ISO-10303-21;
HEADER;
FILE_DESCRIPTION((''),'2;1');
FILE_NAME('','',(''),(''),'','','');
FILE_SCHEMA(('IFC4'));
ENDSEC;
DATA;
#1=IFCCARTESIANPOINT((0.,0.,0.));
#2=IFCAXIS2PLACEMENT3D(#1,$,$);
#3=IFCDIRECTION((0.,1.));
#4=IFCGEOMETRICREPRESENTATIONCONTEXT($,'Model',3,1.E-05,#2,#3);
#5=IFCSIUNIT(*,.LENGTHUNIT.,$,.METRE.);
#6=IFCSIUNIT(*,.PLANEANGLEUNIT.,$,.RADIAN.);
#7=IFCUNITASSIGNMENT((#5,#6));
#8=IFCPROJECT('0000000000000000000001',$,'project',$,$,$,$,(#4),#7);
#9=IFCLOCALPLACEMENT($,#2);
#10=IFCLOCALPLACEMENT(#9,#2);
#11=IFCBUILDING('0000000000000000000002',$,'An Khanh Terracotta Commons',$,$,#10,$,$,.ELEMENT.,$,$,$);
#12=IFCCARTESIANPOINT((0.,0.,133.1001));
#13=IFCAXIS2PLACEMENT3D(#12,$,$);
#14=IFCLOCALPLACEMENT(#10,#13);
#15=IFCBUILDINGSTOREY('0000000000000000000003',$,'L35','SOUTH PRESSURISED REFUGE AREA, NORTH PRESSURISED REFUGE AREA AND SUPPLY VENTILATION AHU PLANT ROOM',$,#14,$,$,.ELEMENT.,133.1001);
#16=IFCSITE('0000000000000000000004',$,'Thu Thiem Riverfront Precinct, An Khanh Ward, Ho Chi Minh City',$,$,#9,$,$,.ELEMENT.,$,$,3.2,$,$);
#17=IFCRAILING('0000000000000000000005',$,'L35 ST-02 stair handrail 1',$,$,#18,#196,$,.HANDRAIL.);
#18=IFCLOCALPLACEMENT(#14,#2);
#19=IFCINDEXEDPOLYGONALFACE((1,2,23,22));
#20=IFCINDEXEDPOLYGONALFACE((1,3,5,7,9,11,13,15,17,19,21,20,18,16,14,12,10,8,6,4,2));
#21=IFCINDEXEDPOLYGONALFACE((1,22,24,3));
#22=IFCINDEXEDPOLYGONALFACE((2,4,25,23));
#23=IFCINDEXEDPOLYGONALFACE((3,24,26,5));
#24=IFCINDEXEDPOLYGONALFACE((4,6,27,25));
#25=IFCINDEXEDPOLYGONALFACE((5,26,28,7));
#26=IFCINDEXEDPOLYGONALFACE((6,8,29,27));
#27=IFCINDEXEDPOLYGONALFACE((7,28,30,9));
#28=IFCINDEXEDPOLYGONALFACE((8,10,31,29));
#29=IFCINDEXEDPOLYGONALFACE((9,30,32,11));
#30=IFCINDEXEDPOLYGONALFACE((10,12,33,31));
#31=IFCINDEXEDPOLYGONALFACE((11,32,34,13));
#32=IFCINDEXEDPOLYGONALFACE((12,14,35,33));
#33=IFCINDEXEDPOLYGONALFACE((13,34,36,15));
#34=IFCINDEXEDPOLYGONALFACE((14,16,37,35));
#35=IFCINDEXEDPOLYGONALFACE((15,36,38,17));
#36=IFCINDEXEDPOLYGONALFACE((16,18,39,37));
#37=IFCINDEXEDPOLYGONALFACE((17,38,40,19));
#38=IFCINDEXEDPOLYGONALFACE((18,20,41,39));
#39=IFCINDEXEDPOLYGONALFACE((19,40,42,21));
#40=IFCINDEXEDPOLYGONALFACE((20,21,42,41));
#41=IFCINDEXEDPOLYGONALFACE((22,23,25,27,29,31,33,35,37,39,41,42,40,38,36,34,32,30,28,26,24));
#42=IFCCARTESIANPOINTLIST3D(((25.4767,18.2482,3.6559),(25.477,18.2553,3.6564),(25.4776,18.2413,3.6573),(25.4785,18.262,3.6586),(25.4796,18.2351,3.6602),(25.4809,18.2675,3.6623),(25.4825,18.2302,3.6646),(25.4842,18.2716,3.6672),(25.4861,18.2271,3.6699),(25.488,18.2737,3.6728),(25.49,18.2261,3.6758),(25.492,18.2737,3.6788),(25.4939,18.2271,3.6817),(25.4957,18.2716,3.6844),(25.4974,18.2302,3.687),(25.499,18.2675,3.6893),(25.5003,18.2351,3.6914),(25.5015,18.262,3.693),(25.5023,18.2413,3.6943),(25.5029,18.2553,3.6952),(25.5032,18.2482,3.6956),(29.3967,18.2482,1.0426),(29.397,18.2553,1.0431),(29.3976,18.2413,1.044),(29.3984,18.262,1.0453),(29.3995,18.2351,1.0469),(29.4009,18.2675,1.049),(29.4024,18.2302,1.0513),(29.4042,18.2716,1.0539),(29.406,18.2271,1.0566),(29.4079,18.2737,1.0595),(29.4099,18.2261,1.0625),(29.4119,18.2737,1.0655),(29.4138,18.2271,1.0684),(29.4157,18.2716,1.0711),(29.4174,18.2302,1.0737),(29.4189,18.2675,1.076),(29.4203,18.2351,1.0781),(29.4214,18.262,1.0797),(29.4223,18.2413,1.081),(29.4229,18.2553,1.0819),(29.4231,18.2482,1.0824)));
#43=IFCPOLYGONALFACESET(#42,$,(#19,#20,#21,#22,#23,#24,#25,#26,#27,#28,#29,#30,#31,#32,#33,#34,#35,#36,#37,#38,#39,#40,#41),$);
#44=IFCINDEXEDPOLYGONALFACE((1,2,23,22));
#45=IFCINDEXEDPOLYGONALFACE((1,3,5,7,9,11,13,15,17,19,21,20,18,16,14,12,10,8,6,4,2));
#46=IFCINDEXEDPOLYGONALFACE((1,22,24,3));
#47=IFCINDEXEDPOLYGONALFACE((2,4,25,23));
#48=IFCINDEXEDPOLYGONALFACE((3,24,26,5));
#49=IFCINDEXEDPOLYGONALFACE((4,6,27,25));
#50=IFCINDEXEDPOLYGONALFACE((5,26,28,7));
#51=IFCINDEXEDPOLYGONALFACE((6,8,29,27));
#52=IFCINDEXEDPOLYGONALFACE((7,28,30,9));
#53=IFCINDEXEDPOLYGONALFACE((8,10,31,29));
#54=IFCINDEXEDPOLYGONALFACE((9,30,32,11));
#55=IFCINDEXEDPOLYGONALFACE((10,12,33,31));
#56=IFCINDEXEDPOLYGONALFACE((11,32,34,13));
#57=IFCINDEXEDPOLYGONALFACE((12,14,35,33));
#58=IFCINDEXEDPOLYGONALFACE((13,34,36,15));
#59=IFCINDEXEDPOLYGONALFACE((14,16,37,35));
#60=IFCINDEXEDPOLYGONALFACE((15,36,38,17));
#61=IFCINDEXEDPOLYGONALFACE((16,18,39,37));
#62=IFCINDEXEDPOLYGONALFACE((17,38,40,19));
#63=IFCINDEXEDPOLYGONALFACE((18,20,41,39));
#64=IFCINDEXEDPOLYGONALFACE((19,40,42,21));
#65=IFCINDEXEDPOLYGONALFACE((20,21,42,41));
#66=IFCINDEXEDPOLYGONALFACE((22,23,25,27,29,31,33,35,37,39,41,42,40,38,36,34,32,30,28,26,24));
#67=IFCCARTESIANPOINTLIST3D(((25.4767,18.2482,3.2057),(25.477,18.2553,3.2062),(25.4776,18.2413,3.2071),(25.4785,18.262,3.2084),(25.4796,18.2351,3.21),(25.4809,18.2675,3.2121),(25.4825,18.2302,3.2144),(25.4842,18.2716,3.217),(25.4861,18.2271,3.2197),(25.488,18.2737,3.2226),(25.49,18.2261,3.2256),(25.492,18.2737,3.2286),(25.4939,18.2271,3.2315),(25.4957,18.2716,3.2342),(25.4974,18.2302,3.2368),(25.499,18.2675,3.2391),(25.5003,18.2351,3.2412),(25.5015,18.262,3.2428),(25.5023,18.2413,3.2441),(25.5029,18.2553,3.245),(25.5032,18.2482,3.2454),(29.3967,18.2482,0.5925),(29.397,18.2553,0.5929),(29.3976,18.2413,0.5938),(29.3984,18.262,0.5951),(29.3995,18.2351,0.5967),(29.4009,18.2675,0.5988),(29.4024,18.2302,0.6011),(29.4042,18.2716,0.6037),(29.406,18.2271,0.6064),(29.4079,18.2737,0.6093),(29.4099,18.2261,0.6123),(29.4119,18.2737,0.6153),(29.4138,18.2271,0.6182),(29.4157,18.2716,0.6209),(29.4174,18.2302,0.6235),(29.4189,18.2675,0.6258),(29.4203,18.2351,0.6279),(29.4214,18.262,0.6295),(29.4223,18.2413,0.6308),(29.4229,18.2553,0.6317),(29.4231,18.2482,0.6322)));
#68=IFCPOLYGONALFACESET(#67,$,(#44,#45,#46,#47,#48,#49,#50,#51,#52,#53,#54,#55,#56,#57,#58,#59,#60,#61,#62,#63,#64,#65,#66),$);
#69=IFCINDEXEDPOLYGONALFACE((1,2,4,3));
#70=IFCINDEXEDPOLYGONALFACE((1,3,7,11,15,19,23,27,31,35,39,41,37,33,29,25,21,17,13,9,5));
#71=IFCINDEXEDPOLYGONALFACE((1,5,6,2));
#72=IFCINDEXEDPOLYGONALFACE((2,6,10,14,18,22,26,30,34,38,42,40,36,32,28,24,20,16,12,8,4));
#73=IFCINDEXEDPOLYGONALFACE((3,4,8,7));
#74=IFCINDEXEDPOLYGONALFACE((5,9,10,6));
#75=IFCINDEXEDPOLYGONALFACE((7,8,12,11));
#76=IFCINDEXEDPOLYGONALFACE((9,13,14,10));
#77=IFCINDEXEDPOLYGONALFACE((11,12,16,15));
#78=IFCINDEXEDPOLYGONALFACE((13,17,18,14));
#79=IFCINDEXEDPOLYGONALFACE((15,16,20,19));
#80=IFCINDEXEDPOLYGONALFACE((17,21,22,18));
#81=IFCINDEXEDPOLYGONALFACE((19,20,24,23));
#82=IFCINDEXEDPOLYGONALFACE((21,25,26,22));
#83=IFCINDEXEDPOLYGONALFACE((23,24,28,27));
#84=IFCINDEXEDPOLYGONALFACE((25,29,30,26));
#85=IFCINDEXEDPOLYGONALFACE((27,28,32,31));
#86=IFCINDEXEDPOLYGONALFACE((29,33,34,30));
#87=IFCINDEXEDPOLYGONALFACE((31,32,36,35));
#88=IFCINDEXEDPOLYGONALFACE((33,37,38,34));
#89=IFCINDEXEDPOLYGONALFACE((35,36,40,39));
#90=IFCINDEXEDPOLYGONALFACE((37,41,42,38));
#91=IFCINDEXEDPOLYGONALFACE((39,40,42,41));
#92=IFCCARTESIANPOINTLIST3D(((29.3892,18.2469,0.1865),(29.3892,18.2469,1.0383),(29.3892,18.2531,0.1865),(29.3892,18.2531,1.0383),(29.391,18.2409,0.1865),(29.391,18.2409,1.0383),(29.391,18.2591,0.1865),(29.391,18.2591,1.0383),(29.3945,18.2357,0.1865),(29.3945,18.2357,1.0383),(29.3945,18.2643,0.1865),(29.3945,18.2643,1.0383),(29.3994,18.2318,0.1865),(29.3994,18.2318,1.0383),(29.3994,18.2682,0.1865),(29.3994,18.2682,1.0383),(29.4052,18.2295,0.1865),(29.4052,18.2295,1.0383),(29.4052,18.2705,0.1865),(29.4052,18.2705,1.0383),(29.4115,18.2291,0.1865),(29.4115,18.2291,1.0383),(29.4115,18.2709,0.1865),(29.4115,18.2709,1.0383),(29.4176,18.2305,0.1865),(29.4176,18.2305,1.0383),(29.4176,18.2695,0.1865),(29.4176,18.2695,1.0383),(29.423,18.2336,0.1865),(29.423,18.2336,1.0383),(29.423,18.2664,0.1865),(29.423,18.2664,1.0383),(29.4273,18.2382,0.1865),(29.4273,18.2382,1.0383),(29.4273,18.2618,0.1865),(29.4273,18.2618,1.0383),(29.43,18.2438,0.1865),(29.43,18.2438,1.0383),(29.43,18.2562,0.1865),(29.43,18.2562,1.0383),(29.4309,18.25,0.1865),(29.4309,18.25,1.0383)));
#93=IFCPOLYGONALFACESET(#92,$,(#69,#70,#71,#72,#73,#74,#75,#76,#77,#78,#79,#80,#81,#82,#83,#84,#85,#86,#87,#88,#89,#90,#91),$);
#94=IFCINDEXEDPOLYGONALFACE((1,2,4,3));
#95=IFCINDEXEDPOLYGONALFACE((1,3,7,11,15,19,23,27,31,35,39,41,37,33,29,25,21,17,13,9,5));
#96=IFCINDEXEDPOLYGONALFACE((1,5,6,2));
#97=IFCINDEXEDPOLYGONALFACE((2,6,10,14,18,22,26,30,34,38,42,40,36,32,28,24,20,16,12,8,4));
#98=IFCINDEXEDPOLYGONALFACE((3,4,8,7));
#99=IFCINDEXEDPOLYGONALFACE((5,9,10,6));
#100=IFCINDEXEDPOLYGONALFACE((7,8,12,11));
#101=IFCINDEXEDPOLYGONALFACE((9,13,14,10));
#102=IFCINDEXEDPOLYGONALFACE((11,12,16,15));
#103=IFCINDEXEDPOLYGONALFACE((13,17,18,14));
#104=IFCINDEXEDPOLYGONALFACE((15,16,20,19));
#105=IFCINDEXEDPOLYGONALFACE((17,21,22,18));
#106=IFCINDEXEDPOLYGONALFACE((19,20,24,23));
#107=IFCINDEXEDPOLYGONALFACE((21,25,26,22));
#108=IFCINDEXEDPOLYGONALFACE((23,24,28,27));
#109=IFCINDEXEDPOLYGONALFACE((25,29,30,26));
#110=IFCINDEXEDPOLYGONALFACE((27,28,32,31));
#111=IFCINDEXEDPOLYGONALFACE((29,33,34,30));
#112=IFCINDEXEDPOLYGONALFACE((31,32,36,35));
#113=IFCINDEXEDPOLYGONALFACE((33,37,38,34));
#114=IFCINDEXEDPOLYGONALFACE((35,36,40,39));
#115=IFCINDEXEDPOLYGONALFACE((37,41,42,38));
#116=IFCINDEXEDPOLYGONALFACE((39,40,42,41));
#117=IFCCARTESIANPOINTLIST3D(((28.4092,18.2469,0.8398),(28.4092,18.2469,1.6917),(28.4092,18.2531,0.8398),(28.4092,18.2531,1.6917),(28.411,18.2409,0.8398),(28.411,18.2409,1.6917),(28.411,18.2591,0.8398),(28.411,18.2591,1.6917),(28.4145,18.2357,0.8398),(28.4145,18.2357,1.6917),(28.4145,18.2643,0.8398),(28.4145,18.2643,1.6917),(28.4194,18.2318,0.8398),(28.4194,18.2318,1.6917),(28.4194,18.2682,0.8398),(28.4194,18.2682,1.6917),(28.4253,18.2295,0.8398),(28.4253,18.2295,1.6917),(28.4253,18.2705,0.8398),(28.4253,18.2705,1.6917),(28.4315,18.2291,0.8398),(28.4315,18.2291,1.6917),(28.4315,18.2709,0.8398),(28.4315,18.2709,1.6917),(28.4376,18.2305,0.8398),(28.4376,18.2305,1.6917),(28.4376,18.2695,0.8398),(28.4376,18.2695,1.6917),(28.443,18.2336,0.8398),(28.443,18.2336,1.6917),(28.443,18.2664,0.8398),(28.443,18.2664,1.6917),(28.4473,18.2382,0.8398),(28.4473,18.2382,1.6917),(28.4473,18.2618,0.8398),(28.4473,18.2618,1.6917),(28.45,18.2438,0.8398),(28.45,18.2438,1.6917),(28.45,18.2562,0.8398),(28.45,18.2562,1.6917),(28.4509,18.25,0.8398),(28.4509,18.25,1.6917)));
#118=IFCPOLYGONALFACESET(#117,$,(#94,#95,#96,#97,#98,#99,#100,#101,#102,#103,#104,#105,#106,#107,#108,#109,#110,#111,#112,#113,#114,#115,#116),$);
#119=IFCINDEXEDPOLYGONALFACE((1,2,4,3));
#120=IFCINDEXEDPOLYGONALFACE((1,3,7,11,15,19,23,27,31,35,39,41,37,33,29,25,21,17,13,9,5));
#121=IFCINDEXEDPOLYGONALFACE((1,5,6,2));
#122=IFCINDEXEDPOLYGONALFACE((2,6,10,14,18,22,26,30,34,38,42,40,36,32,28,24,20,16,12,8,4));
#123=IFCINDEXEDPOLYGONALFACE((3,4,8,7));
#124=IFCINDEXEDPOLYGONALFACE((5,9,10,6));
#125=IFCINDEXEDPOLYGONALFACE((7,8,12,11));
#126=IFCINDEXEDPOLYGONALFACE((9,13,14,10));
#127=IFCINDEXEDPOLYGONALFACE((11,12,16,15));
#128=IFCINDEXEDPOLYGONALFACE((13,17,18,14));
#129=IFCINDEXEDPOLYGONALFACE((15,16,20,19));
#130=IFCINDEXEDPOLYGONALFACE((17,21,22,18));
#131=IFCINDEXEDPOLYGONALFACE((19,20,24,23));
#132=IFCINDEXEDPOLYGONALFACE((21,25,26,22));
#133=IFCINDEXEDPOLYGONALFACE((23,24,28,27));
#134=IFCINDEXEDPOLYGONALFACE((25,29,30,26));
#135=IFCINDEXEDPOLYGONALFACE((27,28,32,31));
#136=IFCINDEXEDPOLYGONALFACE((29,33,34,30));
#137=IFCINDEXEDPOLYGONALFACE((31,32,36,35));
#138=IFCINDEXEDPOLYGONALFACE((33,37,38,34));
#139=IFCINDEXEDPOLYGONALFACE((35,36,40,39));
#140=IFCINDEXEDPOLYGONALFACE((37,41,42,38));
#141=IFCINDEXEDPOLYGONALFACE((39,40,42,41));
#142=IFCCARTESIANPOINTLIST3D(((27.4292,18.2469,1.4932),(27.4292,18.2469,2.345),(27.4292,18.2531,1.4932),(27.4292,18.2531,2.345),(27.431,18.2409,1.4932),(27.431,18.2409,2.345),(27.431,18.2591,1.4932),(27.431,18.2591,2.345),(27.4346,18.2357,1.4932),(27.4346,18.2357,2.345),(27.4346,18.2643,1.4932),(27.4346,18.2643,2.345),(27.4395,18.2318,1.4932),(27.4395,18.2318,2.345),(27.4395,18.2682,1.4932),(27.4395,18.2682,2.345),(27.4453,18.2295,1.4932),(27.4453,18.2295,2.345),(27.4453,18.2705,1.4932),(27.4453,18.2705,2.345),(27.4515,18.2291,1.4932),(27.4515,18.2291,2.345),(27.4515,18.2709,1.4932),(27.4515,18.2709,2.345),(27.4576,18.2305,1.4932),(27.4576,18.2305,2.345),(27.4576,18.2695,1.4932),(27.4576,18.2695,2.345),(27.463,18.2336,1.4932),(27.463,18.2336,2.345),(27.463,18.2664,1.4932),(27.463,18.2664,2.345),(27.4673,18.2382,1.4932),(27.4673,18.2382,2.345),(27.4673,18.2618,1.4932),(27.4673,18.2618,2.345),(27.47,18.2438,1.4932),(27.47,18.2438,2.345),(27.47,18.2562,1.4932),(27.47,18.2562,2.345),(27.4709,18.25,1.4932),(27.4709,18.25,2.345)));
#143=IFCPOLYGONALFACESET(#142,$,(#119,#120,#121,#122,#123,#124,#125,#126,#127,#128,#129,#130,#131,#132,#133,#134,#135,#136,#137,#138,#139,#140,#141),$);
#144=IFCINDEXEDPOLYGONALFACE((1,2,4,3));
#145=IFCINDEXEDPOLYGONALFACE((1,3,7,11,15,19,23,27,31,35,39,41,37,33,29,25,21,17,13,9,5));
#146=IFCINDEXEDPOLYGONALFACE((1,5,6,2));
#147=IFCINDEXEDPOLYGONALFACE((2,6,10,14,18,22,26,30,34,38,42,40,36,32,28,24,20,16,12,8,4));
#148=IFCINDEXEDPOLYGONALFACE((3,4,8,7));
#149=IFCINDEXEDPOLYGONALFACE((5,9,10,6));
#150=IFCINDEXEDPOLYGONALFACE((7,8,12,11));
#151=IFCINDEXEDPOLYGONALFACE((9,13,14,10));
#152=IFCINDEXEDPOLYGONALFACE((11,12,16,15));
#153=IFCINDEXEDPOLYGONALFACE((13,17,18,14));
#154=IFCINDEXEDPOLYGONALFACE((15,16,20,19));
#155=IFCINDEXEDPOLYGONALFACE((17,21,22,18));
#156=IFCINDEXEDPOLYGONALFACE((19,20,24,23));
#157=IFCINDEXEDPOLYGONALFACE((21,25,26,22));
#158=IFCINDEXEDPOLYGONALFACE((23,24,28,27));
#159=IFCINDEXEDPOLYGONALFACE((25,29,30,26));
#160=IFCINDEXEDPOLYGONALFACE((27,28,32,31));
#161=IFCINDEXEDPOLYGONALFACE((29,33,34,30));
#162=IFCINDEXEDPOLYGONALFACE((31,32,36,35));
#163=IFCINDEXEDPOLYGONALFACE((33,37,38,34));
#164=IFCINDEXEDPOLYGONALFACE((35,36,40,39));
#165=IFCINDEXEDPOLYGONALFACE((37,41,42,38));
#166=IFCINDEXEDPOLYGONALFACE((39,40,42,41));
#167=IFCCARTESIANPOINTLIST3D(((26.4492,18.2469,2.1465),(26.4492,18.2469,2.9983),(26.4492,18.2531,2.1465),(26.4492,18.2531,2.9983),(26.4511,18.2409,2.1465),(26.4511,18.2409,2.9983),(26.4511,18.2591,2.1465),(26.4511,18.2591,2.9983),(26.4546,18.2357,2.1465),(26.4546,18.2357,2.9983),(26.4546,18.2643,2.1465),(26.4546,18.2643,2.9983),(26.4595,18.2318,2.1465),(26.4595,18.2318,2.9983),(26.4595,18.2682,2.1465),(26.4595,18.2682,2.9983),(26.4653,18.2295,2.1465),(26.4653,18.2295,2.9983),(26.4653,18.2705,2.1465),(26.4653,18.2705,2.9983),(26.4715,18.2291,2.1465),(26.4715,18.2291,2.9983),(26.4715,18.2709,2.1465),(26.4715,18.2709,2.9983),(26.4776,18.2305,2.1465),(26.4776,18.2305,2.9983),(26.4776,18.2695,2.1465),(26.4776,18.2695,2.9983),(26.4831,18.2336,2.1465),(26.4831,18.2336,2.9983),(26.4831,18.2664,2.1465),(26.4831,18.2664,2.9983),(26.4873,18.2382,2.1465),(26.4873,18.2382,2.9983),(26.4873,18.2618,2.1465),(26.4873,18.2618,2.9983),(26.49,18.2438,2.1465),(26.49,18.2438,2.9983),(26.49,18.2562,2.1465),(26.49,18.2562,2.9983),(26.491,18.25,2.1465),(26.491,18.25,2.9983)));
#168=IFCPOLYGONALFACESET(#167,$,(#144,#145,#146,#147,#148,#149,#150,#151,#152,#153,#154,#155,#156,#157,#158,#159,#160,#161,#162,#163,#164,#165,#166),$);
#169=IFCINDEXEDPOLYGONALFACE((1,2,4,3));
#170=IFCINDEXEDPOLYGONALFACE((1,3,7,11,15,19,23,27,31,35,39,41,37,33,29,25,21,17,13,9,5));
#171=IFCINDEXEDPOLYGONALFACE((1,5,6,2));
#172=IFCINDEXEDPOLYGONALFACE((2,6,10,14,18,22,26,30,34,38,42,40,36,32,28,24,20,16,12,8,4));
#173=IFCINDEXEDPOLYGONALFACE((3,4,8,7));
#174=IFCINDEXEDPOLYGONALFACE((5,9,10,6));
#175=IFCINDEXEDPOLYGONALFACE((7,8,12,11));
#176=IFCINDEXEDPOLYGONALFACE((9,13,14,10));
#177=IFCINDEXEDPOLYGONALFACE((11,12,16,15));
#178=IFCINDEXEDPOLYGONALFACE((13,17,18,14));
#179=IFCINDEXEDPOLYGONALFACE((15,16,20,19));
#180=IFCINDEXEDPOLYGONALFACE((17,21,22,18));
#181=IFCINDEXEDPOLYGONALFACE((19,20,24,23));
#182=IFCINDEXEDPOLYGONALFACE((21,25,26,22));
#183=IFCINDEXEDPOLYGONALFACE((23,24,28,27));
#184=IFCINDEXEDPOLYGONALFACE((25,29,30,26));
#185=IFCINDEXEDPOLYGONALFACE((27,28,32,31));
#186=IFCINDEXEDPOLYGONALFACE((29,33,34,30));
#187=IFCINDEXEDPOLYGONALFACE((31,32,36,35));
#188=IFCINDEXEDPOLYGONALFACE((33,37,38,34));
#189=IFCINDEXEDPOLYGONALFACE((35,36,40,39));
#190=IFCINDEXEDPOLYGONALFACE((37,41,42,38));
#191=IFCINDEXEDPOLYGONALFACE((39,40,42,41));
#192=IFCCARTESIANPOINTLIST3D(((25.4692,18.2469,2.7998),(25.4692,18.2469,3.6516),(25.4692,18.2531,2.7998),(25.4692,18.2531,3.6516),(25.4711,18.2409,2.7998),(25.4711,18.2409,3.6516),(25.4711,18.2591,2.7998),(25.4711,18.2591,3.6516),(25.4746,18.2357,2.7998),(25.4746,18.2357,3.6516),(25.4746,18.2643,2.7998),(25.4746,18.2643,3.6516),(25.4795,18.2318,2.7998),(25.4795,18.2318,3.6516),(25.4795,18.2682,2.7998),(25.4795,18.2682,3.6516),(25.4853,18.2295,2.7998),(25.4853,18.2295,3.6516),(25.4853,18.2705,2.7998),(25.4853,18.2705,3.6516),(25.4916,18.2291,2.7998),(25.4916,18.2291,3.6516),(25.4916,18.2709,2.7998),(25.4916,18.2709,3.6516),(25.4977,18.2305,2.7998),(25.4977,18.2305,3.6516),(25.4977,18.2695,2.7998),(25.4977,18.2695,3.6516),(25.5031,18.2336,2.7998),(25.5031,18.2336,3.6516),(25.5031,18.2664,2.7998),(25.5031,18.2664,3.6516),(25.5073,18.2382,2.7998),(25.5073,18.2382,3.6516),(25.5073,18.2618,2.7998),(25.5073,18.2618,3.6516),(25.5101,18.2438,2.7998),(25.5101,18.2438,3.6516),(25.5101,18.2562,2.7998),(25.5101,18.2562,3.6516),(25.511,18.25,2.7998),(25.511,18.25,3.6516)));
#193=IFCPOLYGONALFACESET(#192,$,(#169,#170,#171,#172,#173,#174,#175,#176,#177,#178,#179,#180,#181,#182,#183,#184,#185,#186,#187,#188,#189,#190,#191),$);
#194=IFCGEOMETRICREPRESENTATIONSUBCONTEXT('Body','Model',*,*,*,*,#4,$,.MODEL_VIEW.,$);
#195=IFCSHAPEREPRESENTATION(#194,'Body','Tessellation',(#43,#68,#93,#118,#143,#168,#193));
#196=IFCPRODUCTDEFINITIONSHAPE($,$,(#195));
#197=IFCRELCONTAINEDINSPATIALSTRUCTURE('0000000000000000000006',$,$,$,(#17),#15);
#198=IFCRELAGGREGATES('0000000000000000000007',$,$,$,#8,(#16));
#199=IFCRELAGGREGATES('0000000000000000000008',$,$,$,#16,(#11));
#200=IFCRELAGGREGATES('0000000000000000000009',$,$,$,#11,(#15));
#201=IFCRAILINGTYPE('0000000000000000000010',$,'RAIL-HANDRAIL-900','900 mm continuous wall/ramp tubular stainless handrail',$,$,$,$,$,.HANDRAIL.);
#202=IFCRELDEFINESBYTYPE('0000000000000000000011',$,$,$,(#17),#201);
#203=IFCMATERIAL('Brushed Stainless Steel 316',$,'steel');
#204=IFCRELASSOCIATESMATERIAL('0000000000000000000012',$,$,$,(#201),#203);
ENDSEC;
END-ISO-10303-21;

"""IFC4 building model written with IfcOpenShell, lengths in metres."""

from ifc_helpers import new_model, si_unit, direction, frame, origin, origin_2d, place, context, subcontext, project, spatial, circle, extrude, material, type_object, element, save


model = new_model("IFC4")

# Units and contexts
model_context = context("Model", 3, precision=1e-05, world=origin(), true_north=direction((0.0, 1.0)))
body_context = subcontext(model_context, "Body", "Model", "MODEL_VIEW")
ifc_project = project(units=[si_unit("LENGTHUNIT", "METRE"), si_unit("PLANEANGLEUNIT", "RADIAN")], contexts=[model_context])

# Site, building, storey
site_placement = place(None, origin())
site = spatial("IfcSite", under=ifc_project, at=site_placement, Name="Thu Thiem Riverfront Precinct, An Khanh Ward, Ho Chi Minh City", CompositionType="ELEMENT", RefElevation=3.2)
building_placement = place(site_placement, origin())
building = spatial("IfcBuilding", under=site, at=building_placement, Name="An Khanh Terracotta Commons", CompositionType="ELEMENT")
storey_placement = place(building_placement, frame((0.0, 0.0, 133.1001)))
storey = spatial("IfcBuildingStorey", under=building, at=storey_placement, Name="L35", Description="SOUTH PRESSURISED REFUGE AREA, NORTH PRESSURISED REFUGE AREA AND SUPPLY VENTILATION AHU PLANT ROOM", CompositionType="ELEMENT", Elevation=133.1001)

# Railing
ifc_material_1 = material(Name="Brushed Stainless Steel 316", Category="steel")
railing_type_1 = type_object("IfcRailingType", Name="RAIL-HANDRAIL-900", Description="900 mm continuous wall/ramp tubular stainless handrail", PredefinedType="HANDRAIL", material=ifc_material_1)
railing_1_placement = place(storey_placement, frame((29.4099, 18.25, 0.1865)))
element("IfcRailing", 1, at=railing_1_placement, inside=storey, type_object=railing_type_1, Name="L35 ST-02 stair handrail 1", PredefinedType="HANDRAIL", context=body_context, shape_type="SweptSolid", body=[
    extrude(circle(Radius=0.0239, at=origin_2d()), frame((0.0, 0.0, 0.876), z_axis=(-0.83205, 0.0, 0.5547), x_axis=(0.0, -1.0, 0.0)), (0.0, 0.0, 1.0), 4.7112),
    extrude(circle(Radius=0.0239, at=origin_2d()), frame((0.0, 0.0, 0.4258), z_axis=(-0.83205, 0.0, 0.5547), x_axis=(0.0, -1.0, 0.0)), (0.0, 0.0, 1.0), 4.7112),
    extrude(circle(Radius=0.021, at=origin_2d()), origin(), (0.0, 0.0, 1.0), 0.8518),
    extrude(circle(Radius=0.021, at=origin_2d()), frame((-0.98, 0.0, 0.6533)), (0.0, 0.0, 1.0), 0.8518),
    extrude(circle(Radius=0.021, at=origin_2d()), frame((-1.96, 0.0, 1.3066)), (0.0, 0.0, 1.0), 0.8518),
    extrude(circle(Radius=0.021, at=origin_2d()), frame((-2.9399, 0.0, 1.96)), (0.0, 0.0, 1.0), 0.8518),
    extrude(circle(Radius=0.021, at=origin_2d()), frame((-3.9199, 0.0, 2.6133)), (0.0, 0.0, 1.0), 0.8518),
])

save(model, "model.ifc")
